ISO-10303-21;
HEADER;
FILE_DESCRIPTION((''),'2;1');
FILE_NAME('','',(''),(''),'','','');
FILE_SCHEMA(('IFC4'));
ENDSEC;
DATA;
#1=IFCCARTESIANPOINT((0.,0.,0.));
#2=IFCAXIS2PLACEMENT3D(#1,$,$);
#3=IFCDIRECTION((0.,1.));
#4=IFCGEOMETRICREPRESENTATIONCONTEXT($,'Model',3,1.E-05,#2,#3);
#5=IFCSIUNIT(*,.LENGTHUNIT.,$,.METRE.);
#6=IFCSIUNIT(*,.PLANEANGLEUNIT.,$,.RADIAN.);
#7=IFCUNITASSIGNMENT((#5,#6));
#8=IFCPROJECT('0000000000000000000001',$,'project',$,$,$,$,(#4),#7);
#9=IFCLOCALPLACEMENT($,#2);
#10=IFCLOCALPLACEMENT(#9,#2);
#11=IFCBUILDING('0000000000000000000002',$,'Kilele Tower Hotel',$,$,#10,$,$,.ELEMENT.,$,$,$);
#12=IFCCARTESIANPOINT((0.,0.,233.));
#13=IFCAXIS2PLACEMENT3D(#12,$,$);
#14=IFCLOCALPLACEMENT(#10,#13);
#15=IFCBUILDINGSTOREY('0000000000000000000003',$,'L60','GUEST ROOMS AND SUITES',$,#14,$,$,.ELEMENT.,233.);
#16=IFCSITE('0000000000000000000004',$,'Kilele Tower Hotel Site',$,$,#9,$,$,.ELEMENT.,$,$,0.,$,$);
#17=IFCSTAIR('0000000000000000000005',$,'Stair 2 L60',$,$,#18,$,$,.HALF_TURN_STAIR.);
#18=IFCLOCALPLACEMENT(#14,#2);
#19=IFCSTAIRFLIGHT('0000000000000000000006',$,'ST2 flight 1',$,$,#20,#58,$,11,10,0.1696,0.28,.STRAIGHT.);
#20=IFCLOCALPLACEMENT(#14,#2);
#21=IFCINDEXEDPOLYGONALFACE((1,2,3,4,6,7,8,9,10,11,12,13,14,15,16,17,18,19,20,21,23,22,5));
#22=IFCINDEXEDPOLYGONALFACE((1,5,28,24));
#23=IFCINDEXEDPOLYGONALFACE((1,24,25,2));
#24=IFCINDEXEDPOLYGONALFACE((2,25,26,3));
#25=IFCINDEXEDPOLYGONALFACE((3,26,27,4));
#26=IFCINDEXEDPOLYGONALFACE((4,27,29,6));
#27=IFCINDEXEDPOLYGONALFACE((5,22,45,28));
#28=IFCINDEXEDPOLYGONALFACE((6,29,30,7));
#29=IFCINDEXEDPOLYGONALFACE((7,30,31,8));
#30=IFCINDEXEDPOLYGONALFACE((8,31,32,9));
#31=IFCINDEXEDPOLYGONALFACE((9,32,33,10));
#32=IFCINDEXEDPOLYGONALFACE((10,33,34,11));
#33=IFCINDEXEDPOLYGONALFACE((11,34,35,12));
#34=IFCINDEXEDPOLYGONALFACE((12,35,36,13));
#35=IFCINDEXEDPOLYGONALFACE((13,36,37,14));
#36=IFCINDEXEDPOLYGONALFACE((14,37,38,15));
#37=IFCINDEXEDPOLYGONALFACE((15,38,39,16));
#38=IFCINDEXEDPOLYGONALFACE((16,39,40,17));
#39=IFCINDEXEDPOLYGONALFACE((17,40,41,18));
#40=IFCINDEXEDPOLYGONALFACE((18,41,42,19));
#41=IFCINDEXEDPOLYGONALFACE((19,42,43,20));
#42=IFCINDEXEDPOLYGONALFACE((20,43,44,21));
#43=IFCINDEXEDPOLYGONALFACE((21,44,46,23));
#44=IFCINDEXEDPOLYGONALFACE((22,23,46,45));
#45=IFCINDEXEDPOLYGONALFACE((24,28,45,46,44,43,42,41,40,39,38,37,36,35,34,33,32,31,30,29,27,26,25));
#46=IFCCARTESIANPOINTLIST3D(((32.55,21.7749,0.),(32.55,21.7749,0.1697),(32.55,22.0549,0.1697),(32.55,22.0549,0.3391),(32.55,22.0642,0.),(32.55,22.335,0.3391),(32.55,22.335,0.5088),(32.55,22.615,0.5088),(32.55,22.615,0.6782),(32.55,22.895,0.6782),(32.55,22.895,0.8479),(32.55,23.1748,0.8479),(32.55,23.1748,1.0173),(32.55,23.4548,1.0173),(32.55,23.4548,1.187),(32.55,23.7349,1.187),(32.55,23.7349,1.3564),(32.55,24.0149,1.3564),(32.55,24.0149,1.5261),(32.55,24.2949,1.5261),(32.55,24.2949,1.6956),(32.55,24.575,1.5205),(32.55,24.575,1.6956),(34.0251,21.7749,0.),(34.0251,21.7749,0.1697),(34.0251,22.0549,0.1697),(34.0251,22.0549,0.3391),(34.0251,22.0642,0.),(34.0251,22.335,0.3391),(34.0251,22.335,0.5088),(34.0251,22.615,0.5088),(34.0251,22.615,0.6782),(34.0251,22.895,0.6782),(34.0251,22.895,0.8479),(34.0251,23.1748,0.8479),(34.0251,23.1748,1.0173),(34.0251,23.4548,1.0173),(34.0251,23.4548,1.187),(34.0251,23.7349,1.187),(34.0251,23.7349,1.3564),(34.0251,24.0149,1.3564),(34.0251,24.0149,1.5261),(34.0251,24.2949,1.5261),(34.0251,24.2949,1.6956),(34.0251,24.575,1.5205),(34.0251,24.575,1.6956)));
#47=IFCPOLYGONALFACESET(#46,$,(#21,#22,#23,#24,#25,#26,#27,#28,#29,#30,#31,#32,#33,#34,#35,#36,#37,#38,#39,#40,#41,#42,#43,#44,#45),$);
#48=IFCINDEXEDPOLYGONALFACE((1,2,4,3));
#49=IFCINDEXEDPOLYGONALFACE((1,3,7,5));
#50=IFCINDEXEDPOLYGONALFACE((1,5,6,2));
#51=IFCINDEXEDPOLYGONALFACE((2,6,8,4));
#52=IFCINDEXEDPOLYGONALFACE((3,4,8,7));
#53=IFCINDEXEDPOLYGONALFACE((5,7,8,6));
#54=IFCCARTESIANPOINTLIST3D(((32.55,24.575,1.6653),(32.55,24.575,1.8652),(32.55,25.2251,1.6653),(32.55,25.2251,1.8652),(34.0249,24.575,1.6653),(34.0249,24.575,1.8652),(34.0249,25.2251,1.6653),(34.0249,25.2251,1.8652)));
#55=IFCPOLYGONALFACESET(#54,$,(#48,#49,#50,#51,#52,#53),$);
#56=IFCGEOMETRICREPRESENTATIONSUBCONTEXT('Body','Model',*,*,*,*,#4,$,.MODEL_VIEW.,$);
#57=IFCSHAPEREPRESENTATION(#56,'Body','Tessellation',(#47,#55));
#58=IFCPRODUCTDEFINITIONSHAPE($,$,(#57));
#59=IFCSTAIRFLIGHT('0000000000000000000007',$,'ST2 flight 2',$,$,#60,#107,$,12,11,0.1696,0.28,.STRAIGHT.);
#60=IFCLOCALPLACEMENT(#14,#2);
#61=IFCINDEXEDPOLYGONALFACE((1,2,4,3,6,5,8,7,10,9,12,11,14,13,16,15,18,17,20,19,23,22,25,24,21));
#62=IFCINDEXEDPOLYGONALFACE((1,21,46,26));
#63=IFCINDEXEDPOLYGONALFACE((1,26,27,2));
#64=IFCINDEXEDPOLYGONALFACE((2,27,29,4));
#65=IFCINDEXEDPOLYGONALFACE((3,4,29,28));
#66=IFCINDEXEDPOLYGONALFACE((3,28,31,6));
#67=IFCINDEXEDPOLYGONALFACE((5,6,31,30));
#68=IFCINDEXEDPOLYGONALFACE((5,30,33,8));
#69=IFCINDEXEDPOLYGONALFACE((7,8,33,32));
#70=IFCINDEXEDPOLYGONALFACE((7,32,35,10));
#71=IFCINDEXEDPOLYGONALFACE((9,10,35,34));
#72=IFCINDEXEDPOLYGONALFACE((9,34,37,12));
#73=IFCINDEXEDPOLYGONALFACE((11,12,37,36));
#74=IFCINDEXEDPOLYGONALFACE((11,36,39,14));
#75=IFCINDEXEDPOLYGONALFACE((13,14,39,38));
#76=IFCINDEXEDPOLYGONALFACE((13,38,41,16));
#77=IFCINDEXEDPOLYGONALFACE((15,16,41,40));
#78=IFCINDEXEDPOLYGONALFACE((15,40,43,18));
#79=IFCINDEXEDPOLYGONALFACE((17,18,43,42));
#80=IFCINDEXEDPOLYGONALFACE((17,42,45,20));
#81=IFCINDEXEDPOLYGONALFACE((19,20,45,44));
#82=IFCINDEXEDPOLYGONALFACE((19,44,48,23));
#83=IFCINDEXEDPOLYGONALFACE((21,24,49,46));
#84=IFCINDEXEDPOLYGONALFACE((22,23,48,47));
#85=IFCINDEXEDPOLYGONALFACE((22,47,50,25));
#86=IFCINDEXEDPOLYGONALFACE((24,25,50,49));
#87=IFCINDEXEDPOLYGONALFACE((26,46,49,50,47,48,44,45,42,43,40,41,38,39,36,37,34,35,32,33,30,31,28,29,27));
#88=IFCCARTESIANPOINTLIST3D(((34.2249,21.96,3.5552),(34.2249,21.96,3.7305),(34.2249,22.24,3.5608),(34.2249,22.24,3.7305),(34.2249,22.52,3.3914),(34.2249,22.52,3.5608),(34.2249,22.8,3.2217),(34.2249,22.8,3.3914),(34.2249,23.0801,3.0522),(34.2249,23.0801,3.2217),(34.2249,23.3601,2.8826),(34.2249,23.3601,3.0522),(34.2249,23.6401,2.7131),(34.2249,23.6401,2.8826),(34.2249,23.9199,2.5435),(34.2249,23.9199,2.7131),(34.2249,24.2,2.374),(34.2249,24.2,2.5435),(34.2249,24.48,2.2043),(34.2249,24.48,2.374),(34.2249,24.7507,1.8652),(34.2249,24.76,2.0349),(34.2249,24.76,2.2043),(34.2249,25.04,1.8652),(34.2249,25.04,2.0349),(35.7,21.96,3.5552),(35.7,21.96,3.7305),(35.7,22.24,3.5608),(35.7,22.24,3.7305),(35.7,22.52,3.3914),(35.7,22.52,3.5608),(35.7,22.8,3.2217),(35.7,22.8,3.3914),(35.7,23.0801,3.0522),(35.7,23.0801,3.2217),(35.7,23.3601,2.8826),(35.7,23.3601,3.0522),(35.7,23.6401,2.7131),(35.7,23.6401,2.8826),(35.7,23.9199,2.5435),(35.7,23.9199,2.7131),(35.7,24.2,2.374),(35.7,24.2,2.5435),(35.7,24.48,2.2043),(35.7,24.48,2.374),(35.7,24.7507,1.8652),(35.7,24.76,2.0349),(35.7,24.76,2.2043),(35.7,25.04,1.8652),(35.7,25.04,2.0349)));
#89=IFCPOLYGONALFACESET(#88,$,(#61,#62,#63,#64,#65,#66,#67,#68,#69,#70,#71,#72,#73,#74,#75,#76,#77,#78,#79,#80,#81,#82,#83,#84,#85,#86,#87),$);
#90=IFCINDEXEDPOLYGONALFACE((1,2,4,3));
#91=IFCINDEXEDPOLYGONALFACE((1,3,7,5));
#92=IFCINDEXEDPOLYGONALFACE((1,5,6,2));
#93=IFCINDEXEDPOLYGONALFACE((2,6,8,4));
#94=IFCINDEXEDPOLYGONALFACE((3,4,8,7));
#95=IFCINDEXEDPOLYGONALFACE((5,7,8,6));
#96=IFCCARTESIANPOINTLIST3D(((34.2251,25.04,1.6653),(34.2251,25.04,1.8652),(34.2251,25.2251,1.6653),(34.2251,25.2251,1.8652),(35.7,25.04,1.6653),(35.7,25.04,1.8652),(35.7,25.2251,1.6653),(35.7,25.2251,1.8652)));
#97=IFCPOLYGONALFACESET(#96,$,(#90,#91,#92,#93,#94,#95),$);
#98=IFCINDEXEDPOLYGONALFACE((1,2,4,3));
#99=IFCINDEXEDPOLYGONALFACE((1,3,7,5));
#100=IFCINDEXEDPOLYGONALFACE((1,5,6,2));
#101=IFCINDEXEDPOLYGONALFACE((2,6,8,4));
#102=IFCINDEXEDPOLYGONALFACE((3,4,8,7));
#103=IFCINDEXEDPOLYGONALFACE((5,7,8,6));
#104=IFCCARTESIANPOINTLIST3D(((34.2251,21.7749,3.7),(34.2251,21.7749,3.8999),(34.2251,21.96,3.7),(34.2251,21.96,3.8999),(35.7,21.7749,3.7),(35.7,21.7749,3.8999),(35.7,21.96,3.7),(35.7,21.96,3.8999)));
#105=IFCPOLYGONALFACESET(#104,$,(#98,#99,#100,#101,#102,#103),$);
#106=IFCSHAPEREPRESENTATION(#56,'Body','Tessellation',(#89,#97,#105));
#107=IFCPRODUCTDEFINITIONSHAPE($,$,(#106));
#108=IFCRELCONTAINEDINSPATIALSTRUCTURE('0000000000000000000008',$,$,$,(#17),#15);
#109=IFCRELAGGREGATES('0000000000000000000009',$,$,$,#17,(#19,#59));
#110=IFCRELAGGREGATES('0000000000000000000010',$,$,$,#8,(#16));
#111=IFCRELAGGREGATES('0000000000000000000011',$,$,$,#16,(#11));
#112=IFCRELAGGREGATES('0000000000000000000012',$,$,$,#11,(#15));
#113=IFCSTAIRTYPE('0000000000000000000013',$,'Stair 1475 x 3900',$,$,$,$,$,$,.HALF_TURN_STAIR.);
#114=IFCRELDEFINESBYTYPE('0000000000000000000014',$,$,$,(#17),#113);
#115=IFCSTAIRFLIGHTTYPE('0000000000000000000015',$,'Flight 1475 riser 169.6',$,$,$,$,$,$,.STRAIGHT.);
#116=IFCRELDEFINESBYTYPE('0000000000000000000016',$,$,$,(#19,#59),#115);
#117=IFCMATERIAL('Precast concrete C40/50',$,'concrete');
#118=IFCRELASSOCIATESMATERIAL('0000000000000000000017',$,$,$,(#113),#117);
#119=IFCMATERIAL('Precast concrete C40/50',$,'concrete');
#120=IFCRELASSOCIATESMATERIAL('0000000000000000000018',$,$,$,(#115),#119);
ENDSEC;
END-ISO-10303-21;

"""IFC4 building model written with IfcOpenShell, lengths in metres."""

from ifc_helpers import new_model, si_unit, direction, frame, origin, place, context, subcontext, project, spatial, polyline, outline, extrude, material, type_object, element, aggregate, save


model = new_model("IFC4")

# Units and contexts
model_context = context("Model", 3, precision=1e-05, world=origin(), true_north=direction((0.0, 1.0)))
body_context = subcontext(model_context, "Body", "Model", "MODEL_VIEW")
ifc_project = project(units=[si_unit("LENGTHUNIT", "METRE"), si_unit("PLANEANGLEUNIT", "RADIAN")], contexts=[model_context])

# Site, building, storey
site_placement = place(None, origin())
site = spatial("IfcSite", under=ifc_project, at=site_placement, Name="Kilele Tower Hotel Site", CompositionType="ELEMENT", RefElevation=0.0)
building_placement = place(site_placement, origin())
building = spatial("IfcBuilding", under=site, at=building_placement, Name="Kilele Tower Hotel", CompositionType="ELEMENT")
storey_placement = place(building_placement, frame((0.0, 0.0, 233.0)))
storey = spatial("IfcBuildingStorey", under=building, at=storey_placement, Name="L60", Description="GUEST ROOMS AND SUITES", CompositionType="ELEMENT", Elevation=233.0)

# Stair, stair flights
ifc_material_1 = material(Name="Precast concrete C40/50", Category="concrete")
stair_type = type_object("IfcStairType", Name="Stair 1475 x 3900", PredefinedType="HALF_TURN_STAIR", material=ifc_material_1)
stair_placement = place(storey_placement, origin())
stair = element("IfcStair", 1, at=stair_placement, inside=storey, type_object=stair_type, Name="Stair 2 L60", PredefinedType="HALF_TURN_STAIR")
ifc_material_2 = material(Name="Precast concrete C40/50", Category="concrete")
stair_flight_type = type_object("IfcStairFlightType", Name="Flight 1475 riser 169.6", PredefinedType="STRAIGHT", material=ifc_material_2)
stair_flight_1_placement = place(storey_placement, frame((33.2876, 21.7749, 0.0), z_axis=(0.0, 0.0, 1.0), x_axis=(0.0, 1.0, 0.0)))
stair_flight_1 = element("IfcStairFlight", 2, at=stair_flight_1_placement, type_object=stair_flight_type, Name="ST2 flight 1", NumberOfRisers=11, NumberOfTreads=10, PredefinedType="STRAIGHT", RiserHeight=0.1696, TreadLength=0.28, context=body_context, shape_type="SweptSolid", body=[
    extrude(outline(polyline([(0.0, 0.0), (0.0, 0.1697), (0.28, 0.1697), (0.28, 0.3391), (0.5601, 0.3391), (0.5601, 0.5088), (0.8401, 0.5088), (0.8401, 0.6782), (1.1201, 0.6782), (1.1201, 0.8479), (1.3999, 0.8479), (1.3999, 1.0173), (1.6799, 1.0173), (1.6799, 1.187), (1.96, 1.187), (1.96, 1.3564), (2.24, 1.3564), (2.24, 1.5261), (2.52, 1.5261), (2.52, 1.6956), (2.8, 1.6956), (2.8, 1.8652), (2.8, 1.5205), (0.2893, 0.0), (0.0, 0.0)])), frame((0.0, 0.7375, 0.0), z_axis=(0.0, -1.0, 0.0), x_axis=(1.0, 0.0, 0.0)), (0.0, 0.0, 1.0), 1.4751),
    extrude(outline(polyline([(2.8, 0.7375), (2.8, -0.7373), (3.4502, -0.7373), (3.4502, 0.7375), (2.8, 0.7375)])), frame((0.0, 0.0, 1.6653)), (0.0, 0.0, 1.0), 0.2),
])
stair_flight_2_placement = place(storey_placement, frame((34.9624, 25.04, 1.8652), z_axis=(0.0, 0.0, 1.0), x_axis=(0.0, -1.0, 0.0)))
stair_flight_2 = element("IfcStairFlight", 3, at=stair_flight_2_placement, type_object=stair_flight_type, Name="ST2 flight 2", NumberOfRisers=12, NumberOfTreads=11, PredefinedType="STRAIGHT", RiserHeight=0.1696, TreadLength=0.28, context=body_context, shape_type="SweptSolid", body=[
    extrude(outline(polyline([(0.0, 0.0), (0.0, 0.1697), (0.28, 0.1697), (0.28, 0.3391), (0.5601, 0.3391), (0.5601, 0.5088), (0.8401, 0.5088), (0.8401, 0.6782), (1.1201, 0.6782), (1.1201, 0.8479), (1.3999, 0.8479), (1.3999, 1.0173), (1.6799, 1.0173), (1.6799, 1.187), (1.96, 1.187), (1.96, 1.3564), (2.24, 1.3564), (2.24, 1.5261), (2.52, 1.5261), (2.52, 1.6956), (2.8, 1.6956), (2.8, 1.8652), (3.0801, 1.8652), (3.0801, 2.0347), (3.0801, 1.6899), (0.2893, 0.0), (0.0, 0.0)])), frame((0.0, 0.7375, 0.0), z_axis=(0.0, -1.0, 0.0), x_axis=(1.0, 0.0, 0.0)), (0.0, 0.0, 1.0), 1.4751),
    extrude(outline(polyline([(0.0, -0.7373), (0.0, 0.7375), (-0.1851, 0.7375), (-0.1851, -0.7373), (0.0, -0.7373)])), frame((0.0, 0.0, -0.2)), (0.0, 0.0, 1.0), 0.2),
    extrude(outline(polyline([(3.2651, -0.7373), (3.2651, 0.7375), (3.0801, 0.7375), (3.0801, -0.7373), (3.2651, -0.7373)])), frame((0.0, 0.0, 1.8347)), (0.0, 0.0, 1.0), 0.2),
])
aggregate(stair, [stair_flight_1, stair_flight_2])

save(model, "model.ifc")
